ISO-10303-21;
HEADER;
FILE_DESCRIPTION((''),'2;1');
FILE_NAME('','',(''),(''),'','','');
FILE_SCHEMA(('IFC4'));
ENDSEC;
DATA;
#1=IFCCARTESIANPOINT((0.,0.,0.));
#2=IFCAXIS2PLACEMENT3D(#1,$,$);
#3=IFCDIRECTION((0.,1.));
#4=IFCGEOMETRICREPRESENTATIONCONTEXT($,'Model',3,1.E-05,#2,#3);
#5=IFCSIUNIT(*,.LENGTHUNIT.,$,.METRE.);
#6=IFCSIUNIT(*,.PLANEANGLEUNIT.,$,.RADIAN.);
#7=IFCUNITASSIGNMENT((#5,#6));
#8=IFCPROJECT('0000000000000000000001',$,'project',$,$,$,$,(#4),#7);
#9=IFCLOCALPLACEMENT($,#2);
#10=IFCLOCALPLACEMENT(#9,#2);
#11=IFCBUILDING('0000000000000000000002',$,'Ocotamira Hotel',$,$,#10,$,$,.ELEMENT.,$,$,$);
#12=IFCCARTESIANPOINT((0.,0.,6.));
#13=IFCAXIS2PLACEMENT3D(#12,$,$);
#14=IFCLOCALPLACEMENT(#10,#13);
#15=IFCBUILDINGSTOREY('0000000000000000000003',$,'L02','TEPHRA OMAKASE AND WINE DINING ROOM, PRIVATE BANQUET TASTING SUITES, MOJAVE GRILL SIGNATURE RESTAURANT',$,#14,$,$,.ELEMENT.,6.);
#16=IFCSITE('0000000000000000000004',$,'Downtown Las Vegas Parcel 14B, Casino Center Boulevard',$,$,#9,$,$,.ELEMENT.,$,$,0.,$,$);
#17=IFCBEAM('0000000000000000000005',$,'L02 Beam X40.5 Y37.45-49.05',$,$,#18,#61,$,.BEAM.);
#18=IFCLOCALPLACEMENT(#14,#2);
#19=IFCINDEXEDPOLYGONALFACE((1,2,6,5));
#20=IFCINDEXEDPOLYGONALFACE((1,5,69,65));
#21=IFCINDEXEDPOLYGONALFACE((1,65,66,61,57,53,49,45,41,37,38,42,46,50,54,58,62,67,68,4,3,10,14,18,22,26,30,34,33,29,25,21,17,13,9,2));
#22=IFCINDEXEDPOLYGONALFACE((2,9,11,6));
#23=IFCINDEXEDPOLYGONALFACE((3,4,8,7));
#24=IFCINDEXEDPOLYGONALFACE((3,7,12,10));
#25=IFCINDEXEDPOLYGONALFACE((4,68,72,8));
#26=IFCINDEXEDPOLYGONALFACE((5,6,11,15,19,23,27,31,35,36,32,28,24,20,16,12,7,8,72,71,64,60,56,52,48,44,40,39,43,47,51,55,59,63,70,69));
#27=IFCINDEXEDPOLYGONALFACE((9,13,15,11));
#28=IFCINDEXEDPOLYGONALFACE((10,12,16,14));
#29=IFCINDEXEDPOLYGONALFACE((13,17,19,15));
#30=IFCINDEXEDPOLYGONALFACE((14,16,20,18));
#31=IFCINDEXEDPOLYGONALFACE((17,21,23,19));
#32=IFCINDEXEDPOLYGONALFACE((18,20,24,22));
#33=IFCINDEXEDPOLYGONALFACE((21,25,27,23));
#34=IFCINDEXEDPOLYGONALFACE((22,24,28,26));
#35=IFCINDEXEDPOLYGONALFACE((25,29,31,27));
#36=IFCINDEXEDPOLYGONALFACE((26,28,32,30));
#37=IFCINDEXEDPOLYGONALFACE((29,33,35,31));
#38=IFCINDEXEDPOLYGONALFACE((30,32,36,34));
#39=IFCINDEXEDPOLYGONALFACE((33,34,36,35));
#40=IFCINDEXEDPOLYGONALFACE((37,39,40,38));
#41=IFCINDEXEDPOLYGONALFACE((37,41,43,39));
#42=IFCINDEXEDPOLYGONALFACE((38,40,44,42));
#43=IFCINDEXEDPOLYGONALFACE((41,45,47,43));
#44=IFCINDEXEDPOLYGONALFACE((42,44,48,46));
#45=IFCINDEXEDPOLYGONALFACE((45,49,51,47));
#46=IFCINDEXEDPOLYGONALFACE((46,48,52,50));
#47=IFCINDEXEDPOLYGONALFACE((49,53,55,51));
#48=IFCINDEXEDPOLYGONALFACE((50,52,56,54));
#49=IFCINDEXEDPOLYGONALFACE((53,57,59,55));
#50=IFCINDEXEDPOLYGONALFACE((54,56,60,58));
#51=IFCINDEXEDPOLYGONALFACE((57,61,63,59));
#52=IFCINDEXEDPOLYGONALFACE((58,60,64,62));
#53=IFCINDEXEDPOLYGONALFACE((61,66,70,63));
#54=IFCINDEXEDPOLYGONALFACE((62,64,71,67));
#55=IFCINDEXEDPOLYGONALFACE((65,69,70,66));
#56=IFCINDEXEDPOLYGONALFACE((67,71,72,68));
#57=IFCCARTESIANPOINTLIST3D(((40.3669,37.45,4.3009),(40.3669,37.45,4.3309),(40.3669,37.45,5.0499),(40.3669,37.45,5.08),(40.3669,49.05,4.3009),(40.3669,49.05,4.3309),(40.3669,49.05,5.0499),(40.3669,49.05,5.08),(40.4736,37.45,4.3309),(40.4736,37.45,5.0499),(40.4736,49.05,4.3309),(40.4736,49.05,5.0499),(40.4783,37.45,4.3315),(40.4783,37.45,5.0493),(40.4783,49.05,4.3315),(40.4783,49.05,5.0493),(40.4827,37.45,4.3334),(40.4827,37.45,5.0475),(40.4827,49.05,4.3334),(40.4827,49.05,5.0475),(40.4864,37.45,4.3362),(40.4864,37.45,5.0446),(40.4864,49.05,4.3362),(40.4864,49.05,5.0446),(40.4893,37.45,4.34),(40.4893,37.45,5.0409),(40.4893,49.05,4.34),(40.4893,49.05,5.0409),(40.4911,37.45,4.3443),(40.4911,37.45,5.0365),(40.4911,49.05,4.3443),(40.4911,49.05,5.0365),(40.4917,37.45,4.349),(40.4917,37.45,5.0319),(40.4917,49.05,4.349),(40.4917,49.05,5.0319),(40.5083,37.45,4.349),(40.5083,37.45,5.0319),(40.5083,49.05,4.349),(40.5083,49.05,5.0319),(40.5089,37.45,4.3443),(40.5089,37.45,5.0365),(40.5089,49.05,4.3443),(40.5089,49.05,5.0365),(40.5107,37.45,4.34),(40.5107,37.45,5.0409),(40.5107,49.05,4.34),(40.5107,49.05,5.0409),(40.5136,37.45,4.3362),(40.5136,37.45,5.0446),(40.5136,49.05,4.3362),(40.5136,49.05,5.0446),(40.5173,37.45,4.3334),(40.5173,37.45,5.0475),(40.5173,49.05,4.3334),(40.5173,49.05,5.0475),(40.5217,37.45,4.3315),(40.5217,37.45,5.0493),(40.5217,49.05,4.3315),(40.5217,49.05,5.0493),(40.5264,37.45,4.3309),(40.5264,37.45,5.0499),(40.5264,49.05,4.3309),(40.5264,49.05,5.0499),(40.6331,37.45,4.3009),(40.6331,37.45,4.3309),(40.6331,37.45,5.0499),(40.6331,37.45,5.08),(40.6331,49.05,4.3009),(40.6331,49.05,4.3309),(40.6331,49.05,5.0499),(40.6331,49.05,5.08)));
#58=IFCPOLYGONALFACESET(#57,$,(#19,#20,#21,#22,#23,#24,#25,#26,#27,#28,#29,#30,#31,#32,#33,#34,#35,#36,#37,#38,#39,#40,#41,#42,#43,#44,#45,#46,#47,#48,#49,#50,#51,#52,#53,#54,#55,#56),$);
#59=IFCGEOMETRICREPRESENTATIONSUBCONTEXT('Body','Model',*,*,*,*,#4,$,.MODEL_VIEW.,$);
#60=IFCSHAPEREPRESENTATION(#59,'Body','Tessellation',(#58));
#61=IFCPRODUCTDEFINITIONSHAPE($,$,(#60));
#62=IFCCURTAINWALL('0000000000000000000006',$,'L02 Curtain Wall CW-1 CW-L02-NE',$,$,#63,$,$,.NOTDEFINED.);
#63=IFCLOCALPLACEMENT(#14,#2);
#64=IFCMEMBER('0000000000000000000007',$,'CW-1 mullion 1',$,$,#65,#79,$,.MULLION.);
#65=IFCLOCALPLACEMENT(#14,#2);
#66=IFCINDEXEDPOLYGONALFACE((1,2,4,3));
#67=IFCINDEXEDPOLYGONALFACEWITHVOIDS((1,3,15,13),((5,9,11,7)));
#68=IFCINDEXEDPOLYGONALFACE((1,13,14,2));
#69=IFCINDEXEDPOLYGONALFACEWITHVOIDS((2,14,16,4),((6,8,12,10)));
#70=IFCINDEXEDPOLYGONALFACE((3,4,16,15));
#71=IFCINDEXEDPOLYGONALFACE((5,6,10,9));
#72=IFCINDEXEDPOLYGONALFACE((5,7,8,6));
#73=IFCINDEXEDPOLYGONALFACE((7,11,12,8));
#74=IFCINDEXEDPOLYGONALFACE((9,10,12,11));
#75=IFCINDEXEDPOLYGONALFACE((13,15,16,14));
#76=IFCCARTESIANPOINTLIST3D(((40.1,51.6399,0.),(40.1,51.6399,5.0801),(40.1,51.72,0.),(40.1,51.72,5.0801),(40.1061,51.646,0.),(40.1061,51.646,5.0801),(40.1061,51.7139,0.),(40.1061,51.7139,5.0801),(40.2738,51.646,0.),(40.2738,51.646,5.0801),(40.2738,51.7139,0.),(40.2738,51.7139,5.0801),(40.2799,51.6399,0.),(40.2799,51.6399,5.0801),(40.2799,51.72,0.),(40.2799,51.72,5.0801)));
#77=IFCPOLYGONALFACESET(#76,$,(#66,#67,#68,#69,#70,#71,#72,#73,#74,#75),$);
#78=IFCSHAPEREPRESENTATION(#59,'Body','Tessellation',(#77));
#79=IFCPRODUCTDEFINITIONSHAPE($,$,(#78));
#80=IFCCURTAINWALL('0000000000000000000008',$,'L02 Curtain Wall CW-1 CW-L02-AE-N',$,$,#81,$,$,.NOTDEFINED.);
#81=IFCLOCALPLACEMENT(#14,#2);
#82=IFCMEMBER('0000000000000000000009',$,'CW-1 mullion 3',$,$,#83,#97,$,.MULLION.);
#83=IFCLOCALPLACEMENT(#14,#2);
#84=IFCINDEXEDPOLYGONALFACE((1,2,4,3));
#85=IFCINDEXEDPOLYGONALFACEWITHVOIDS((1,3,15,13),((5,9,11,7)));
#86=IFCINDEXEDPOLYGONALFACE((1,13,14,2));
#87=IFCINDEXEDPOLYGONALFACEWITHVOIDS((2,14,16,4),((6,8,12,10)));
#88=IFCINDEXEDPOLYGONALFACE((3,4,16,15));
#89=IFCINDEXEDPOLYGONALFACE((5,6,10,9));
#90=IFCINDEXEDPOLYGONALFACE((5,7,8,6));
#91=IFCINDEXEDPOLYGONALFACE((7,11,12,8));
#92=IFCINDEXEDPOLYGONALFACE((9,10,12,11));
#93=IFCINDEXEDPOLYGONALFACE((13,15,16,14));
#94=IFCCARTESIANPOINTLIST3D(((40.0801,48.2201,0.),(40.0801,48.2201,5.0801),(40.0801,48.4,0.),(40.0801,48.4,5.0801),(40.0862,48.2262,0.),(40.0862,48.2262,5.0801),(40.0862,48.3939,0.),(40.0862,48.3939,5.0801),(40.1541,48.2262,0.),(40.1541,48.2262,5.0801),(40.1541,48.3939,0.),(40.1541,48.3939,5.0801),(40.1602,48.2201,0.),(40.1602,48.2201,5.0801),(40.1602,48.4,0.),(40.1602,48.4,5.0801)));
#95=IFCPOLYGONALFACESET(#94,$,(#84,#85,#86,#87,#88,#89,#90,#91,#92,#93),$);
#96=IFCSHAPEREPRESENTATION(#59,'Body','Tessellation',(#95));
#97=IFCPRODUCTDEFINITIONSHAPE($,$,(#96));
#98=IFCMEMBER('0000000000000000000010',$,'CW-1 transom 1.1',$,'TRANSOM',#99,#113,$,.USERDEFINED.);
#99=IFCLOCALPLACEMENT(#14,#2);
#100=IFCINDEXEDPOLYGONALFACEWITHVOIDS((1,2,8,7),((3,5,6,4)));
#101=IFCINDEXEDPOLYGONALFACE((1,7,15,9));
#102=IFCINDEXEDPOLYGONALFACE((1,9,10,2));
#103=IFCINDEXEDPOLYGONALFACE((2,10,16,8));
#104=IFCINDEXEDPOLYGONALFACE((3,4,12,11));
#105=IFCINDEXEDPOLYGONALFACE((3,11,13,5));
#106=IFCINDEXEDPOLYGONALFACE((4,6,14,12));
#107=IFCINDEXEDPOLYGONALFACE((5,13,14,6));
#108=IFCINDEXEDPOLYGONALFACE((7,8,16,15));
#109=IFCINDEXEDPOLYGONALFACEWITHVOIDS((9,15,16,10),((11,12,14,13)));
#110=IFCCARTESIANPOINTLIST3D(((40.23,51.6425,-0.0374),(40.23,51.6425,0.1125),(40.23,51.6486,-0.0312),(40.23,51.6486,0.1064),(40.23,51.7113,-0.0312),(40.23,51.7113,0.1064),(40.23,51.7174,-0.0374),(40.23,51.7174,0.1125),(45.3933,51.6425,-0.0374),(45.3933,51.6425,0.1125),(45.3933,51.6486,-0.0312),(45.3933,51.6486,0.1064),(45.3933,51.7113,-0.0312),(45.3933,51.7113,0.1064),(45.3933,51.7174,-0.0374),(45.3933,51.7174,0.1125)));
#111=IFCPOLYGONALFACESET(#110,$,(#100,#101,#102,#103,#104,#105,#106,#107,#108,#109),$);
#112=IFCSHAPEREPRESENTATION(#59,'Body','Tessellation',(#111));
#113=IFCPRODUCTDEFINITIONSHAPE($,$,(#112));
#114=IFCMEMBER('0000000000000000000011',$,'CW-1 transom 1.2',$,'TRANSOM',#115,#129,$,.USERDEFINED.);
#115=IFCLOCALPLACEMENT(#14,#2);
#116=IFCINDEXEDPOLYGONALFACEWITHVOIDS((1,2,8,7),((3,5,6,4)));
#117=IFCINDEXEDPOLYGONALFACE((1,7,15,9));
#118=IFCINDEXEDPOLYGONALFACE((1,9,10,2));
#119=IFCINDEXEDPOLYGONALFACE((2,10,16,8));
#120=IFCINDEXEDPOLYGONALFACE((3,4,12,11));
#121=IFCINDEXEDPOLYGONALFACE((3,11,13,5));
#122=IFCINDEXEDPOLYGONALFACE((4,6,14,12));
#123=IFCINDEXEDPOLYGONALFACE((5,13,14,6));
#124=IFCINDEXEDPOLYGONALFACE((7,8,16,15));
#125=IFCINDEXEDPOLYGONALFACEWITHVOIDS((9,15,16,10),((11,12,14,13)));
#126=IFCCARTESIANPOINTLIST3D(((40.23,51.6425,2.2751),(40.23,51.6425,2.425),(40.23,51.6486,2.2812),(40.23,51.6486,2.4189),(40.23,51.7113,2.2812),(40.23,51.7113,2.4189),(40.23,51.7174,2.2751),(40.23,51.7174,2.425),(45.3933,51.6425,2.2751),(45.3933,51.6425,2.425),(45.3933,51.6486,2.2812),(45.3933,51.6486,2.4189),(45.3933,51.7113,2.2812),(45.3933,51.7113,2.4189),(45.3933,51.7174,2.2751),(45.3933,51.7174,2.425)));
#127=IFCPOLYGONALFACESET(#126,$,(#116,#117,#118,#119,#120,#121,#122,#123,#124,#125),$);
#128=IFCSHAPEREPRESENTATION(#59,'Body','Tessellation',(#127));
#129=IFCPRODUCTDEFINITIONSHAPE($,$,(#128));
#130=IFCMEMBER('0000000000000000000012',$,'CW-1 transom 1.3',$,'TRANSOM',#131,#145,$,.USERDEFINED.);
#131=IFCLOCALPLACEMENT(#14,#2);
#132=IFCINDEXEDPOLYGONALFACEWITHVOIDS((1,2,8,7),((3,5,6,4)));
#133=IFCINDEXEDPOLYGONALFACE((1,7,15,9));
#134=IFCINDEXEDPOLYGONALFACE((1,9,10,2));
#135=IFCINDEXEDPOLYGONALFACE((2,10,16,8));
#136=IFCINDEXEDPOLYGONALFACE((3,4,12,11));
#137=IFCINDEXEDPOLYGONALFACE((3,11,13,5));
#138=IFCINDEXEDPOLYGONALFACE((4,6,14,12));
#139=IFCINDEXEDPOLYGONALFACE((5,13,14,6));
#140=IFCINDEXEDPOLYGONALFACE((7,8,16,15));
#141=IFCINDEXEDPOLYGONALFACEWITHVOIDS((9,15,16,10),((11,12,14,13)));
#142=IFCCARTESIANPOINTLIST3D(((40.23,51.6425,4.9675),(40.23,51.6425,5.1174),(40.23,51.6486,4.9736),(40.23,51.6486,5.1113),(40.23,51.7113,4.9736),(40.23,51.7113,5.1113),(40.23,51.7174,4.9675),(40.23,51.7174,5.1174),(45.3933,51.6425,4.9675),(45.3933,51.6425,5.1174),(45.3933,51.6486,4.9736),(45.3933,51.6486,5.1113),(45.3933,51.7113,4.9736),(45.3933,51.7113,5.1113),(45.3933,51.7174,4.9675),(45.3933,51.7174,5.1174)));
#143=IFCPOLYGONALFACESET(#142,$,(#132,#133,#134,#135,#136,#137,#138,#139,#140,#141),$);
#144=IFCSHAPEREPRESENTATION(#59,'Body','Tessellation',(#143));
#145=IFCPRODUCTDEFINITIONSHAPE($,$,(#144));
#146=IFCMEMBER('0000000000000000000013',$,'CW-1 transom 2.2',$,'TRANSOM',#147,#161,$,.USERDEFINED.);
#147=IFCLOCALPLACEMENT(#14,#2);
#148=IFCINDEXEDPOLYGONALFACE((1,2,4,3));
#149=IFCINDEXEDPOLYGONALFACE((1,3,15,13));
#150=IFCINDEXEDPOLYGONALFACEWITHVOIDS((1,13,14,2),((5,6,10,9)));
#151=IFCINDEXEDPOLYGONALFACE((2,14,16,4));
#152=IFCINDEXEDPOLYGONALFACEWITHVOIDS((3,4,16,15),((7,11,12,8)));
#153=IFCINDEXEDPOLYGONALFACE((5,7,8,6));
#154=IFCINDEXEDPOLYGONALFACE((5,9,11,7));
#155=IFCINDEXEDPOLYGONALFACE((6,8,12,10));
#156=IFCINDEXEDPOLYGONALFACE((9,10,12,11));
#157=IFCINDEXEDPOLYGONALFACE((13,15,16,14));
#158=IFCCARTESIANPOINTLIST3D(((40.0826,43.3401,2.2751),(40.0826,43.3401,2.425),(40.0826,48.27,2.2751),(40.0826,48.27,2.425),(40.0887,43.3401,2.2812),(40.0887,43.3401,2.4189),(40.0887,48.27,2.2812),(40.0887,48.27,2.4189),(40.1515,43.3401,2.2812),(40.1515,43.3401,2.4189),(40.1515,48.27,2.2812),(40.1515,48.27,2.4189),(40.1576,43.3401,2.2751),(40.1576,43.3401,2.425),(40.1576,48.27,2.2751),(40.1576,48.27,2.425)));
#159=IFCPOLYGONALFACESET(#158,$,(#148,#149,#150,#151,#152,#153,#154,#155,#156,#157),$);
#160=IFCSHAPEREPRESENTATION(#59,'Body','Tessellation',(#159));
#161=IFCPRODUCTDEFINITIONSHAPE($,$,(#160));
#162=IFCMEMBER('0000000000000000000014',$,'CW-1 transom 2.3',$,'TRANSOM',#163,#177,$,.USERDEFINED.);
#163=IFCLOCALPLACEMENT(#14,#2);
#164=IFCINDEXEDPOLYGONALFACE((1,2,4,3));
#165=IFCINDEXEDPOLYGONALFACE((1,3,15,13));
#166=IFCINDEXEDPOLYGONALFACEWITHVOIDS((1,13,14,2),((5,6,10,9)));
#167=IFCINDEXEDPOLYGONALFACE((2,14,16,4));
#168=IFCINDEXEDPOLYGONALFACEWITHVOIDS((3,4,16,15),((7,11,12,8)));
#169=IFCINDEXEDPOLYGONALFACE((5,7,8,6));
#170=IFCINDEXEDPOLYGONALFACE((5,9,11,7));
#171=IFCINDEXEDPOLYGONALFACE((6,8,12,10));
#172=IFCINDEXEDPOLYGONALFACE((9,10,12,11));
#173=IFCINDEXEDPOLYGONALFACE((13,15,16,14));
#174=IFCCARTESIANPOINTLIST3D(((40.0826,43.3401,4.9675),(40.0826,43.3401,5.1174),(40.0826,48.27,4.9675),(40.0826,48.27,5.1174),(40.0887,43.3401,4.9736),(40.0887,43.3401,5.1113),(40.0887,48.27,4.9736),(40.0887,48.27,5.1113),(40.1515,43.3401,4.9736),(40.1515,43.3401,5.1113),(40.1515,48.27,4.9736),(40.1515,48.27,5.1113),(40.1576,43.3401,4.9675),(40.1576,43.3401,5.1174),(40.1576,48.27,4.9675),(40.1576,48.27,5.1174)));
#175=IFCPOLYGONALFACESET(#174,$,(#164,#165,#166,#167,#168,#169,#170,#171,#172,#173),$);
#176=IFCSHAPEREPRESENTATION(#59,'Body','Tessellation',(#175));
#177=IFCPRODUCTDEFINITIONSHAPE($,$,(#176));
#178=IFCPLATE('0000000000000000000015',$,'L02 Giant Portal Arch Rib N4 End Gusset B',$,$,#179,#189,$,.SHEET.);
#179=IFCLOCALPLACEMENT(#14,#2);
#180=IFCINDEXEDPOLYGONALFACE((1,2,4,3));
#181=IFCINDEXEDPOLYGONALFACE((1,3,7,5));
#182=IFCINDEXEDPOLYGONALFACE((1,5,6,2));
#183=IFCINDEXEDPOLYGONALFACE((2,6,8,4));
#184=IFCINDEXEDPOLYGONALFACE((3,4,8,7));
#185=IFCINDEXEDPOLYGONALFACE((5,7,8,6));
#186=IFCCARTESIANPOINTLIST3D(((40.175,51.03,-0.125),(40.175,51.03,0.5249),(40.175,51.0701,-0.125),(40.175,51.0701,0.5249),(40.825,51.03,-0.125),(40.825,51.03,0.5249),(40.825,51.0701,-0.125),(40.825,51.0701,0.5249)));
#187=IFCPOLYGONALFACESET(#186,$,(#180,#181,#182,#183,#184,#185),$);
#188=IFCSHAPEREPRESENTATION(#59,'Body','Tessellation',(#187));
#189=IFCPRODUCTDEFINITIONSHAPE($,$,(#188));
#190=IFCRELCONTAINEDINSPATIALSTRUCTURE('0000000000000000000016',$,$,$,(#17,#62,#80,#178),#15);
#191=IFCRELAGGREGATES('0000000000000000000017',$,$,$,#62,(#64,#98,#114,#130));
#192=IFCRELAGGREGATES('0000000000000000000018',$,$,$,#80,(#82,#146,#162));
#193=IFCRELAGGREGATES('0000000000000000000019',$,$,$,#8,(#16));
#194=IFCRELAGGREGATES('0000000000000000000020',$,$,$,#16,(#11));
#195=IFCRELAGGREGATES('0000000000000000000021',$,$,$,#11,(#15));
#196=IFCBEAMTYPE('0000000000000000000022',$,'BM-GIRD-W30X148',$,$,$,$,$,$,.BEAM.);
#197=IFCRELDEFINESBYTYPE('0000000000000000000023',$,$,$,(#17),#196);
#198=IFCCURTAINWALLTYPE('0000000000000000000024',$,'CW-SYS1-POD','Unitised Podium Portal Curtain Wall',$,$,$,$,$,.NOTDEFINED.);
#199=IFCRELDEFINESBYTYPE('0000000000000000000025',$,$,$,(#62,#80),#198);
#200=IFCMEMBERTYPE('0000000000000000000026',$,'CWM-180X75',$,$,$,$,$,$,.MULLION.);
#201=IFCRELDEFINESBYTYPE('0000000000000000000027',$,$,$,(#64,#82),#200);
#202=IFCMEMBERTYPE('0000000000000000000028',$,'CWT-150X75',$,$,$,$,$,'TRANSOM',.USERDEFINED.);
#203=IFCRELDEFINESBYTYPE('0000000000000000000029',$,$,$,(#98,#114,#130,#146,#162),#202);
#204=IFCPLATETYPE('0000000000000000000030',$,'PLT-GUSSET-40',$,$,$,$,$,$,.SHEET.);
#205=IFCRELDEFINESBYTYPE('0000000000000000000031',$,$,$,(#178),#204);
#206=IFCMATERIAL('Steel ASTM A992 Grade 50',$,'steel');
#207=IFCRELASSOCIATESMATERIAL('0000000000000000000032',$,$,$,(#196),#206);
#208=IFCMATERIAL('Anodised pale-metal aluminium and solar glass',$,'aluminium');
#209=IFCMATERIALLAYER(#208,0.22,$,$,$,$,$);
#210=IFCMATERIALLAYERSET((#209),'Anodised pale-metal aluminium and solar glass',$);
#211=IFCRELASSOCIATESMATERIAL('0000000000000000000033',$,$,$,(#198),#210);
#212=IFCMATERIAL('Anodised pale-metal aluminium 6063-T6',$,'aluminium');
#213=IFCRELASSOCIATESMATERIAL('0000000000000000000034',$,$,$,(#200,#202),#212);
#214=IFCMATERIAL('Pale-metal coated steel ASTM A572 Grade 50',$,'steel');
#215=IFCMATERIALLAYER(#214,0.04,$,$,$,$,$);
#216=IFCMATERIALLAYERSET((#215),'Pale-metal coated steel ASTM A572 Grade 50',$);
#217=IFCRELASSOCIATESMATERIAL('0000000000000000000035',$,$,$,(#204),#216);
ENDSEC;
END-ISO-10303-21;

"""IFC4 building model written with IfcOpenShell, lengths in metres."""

from ifc_helpers import new_model, si_unit, direction, frame, origin, origin_2d, place, context, subcontext, project, spatial, rectangle, hollow_rectangle, i_section, extrude, source, transform, mapped, material, layer, layer_set, material_profile, profile_set, type_object, element, aggregate, save


model = new_model("IFC4")

# Units and contexts
model_context = context("Model", 3, precision=1e-05, world=origin(), true_north=direction((0.0, 1.0)))
body_context = subcontext(model_context, "Body", "Model", "MODEL_VIEW")
ifc_project = project(units=[si_unit("LENGTHUNIT", "METRE"), si_unit("PLANEANGLEUNIT", "RADIAN")], contexts=[model_context])

# Site, building, storey
site_placement = place(None, origin())
site = spatial("IfcSite", under=ifc_project, at=site_placement, Name="Downtown Las Vegas Parcel 14B, Casino Center Boulevard", CompositionType="ELEMENT", RefElevation=0.0)
building_placement = place(site_placement, origin())
building = spatial("IfcBuilding", under=site, at=building_placement, Name="Ocotamira Hotel", CompositionType="ELEMENT")
storey_placement = place(building_placement, frame((0.0, 0.0, 6.0)))
storey = spatial("IfcBuildingStorey", under=building, at=storey_placement, Name="L02", Description="TEPHRA OMAKASE AND WINE DINING ROOM, PRIVATE BANQUET TASTING SUITES, MOJAVE GRILL SIGNATURE RESTAURANT", CompositionType="ELEMENT", Elevation=6.0)

# Beam
ifc_material_1 = material(Name="Steel ASTM A992 Grade 50", Category="steel")
ifc_material_profile_1 = material_profile(ifc_material_1, i_section(OverallWidth=0.2661, OverallDepth=0.7791, WebThickness=0.0166, FlangeThickness=0.03, FilletRadius=0.0181, at=origin_2d()), Name="W30X148")
ifc_profile_set_1 = profile_set([ifc_material_profile_1], Name="Steel ASTM A992 Grade 50")
beam_type_1 = type_object("IfcBeamType", Name="BM-GIRD-W30X148", PredefinedType="BEAM", material=ifc_profile_set_1)
shared_shape_1 = source(origin(), body_context, "Body", "SweptSolid", [
    extrude(i_section(OverallWidth=0.2661, OverallDepth=0.7791, WebThickness=0.0166, FlangeThickness=0.03, FilletRadius=0.0181, at=origin_2d()), origin(), (0.0, 0.0, 1.0), 11.6001),
])
beam_1_placement = place(storey_placement, frame((40.5, 37.45, 4.6904), z_axis=(0.0, 1.0, 0.0), x_axis=(-1.0, 0.0, 0.0)))
element("IfcBeam", 1, at=beam_1_placement, inside=storey, type_object=beam_type_1, Name="L02 Beam X40.5 Y37.45-49.05", PredefinedType="BEAM", context=body_context, shape_type="MappedRepresentation", body=[
    mapped(shared_shape_1, transform((0.0, 0.0, 0.0), scale=1.0)),
])

# Curtain walls, members
ifc_material_2 = material(Name="Anodised pale-metal aluminium and solar glass", Category="aluminium")
ifc_layer_1 = layer(ifc_material_2, 0.22)
ifc_layer_set_1 = layer_set([ifc_layer_1], Name="Anodised pale-metal aluminium and solar glass")
curtain_wall_type = type_object("IfcCurtainWallType", Name="CW-SYS1-POD", Description="Unitised Podium Portal Curtain Wall", PredefinedType="NOTDEFINED", material=ifc_layer_set_1)
curtain_wall_1_placement = place(storey_placement, origin())
curtain_wall_1 = element("IfcCurtainWall", 2, at=curtain_wall_1_placement, inside=storey, type_object=curtain_wall_type, Name="L02 Curtain Wall CW-1 CW-L02-NE", PredefinedType="NOTDEFINED")
ifc_material_3 = material(Name="Anodised pale-metal aluminium 6063-T6", Category="aluminium")
ifc_material_profile_2 = material_profile(ifc_material_3, hollow_rectangle(XDim=0.0801, YDim=0.1799, WallThickness=0.0061, at=origin_2d()), Name="HSS180X80X6")
ifc_profile_set_2 = profile_set([ifc_material_profile_2], Name="Anodised pale-metal aluminium 6063-T6")
member_type_1 = type_object("IfcMemberType", Name="CWM-180X75", PredefinedType="MULLION", material=ifc_profile_set_2)
shared_shape_2 = source(origin(), body_context, "Body", "SweptSolid", [
    extrude(hollow_rectangle(XDim=0.0801, YDim=0.1799, WallThickness=0.0061, at=origin_2d()), origin(), (0.0, 0.0, 1.0), 5.0801),
])
member_1_placement = place(storey_placement, frame((40.1899, 51.6799, 0.0), z_axis=(0.0, 0.0, 1.0), x_axis=(0.0, 1.0, 0.0)))
member_1 = element("IfcMember", 3, at=member_1_placement, type_object=member_type_1, Name="CW-1 mullion 1", PredefinedType="MULLION", context=body_context, shape_type="MappedRepresentation", body=[
    mapped(shared_shape_2, transform((0.0, 0.0, 0.0), scale=1.0)),
])
curtain_wall_2_placement = place(storey_placement, origin())
curtain_wall_2 = element("IfcCurtainWall", 4, at=curtain_wall_2_placement, inside=storey, type_object=curtain_wall_type, Name="L02 Curtain Wall CW-1 CW-L02-AE-N", PredefinedType="NOTDEFINED")
member_2_placement = place(storey_placement, frame((40.1201, 48.3101, 0.0), z_axis=(0.0, 0.0, 1.0), x_axis=(-1.0, 0.0, 0.0)))
member_2 = element("IfcMember", 5, at=member_2_placement, type_object=member_type_1, Name="CW-1 mullion 3", PredefinedType="MULLION", context=body_context, shape_type="MappedRepresentation", body=[
    mapped(shared_shape_2, transform((0.0, 0.0, 0.0), scale=1.0)),
])

# Members
ifc_material_profile_3 = material_profile(ifc_material_3, hollow_rectangle(XDim=0.075, YDim=0.1499, WallThickness=0.0061, at=origin_2d()), Name="HSS150X75X6")
ifc_profile_set_3 = profile_set([ifc_material_profile_3], Name="Anodised pale-metal aluminium 6063-T6")
member_type_2 = type_object("IfcMemberType", Name="CWT-150X75", ElementType="TRANSOM", PredefinedType="USERDEFINED", material=ifc_profile_set_3)
shared_shape_3 = source(origin(), body_context, "Body", "SweptSolid", [
    extrude(hollow_rectangle(XDim=0.075, YDim=0.1499, WallThickness=0.0061, at=origin_2d()), origin(), (0.0, 0.0, 1.0), 5.1633),
])
member_3_placement = place(storey_placement, frame((40.23, 51.6799, 0.0376), z_axis=(1.0, 0.0, 0.0), x_axis=(0.0, 1.0, 0.0)))
member_3 = element("IfcMember", 6, at=member_3_placement, type_object=member_type_2, Name="CW-1 transom 1.1", ObjectType="TRANSOM", PredefinedType="USERDEFINED", context=body_context, shape_type="MappedRepresentation", body=[
    mapped(shared_shape_3, transform((0.0, 0.0, 0.0), scale=1.0)),
])
member_4_placement = place(storey_placement, frame((40.23, 51.6799, 2.3501), z_axis=(1.0, 0.0, 0.0), x_axis=(0.0, 1.0, 0.0)))
member_4 = element("IfcMember", 7, at=member_4_placement, type_object=member_type_2, Name="CW-1 transom 1.2", ObjectType="TRANSOM", PredefinedType="USERDEFINED", context=body_context, shape_type="MappedRepresentation", body=[
    mapped(shared_shape_3, transform((0.0, 0.0, 0.0), scale=1.0)),
])
member_5_placement = place(storey_placement, frame((40.23, 51.6799, 5.0425), z_axis=(1.0, 0.0, 0.0), x_axis=(0.0, 1.0, 0.0)))
member_5 = element("IfcMember", 8, at=member_5_placement, type_object=member_type_2, Name="CW-1 transom 1.3", ObjectType="TRANSOM", PredefinedType="USERDEFINED", context=body_context, shape_type="MappedRepresentation", body=[
    mapped(shared_shape_3, transform((0.0, 0.0, 0.0), scale=1.0)),
])
shared_shape_4 = source(origin(), body_context, "Body", "SweptSolid", [
    extrude(hollow_rectangle(XDim=0.075, YDim=0.1499, WallThickness=0.0061, at=origin_2d()), origin(), (0.0, 0.0, 1.0), 4.9299),
])
member_6_placement = place(storey_placement, frame((40.1201, 43.3401, 2.3501), z_axis=(0.0, 1.0, 0.0), x_axis=(-1.0, 0.0, 0.0)))
member_6 = element("IfcMember", 9, at=member_6_placement, type_object=member_type_2, Name="CW-1 transom 2.2", ObjectType="TRANSOM", PredefinedType="USERDEFINED", context=body_context, shape_type="MappedRepresentation", body=[
    mapped(shared_shape_4, transform((0.0, 0.0, 0.0), scale=1.0)),
])
member_7_placement = place(storey_placement, frame((40.1201, 43.3401, 5.0425), z_axis=(0.0, 1.0, 0.0), x_axis=(-1.0, 0.0, 0.0)))
member_7 = element("IfcMember", 10, at=member_7_placement, type_object=member_type_2, Name="CW-1 transom 2.3", ObjectType="TRANSOM", PredefinedType="USERDEFINED", context=body_context, shape_type="MappedRepresentation", body=[
    mapped(shared_shape_4, transform((0.0, 0.0, 0.0), scale=1.0)),
])

# Plate
ifc_material_4 = material(Name="Pale-metal coated steel ASTM A572 Grade 50", Category="steel")
ifc_layer_2 = layer(ifc_material_4, 0.04)
ifc_layer_set_2 = layer_set([ifc_layer_2], Name="Pale-metal coated steel ASTM A572 Grade 50")
plate_type_1 = type_object("IfcPlateType", Name="PLT-GUSSET-40", PredefinedType="SHEET", material=ifc_layer_set_2)
shared_shape_5 = source(origin(), body_context, "Body", "SweptSolid", [
    extrude(rectangle(XDim=0.6499, YDim=0.04, at=origin_2d()), origin(), (0.0, 0.0, 1.0), 0.6499),
])
plate_1_placement = place(storey_placement, frame((40.5, 51.05, -0.125), z_axis=(0.0, 0.0, 1.0), x_axis=(1.0, 0.0, 0.0)))
element("IfcPlate", 11, at=plate_1_placement, inside=storey, type_object=plate_type_1, Name="L02 Giant Portal Arch Rib N4 End Gusset B", PredefinedType="SHEET", context=body_context, shape_type="MappedRepresentation", body=[
    mapped(shared_shape_5, transform((0.0, 0.0, 0.0), scale=1.0)),
])
aggregate(curtain_wall_1, [member_1, member_3, member_4, member_5])
aggregate(curtain_wall_2, [member_2, member_6, member_7])

save(model, "model.ifc")
